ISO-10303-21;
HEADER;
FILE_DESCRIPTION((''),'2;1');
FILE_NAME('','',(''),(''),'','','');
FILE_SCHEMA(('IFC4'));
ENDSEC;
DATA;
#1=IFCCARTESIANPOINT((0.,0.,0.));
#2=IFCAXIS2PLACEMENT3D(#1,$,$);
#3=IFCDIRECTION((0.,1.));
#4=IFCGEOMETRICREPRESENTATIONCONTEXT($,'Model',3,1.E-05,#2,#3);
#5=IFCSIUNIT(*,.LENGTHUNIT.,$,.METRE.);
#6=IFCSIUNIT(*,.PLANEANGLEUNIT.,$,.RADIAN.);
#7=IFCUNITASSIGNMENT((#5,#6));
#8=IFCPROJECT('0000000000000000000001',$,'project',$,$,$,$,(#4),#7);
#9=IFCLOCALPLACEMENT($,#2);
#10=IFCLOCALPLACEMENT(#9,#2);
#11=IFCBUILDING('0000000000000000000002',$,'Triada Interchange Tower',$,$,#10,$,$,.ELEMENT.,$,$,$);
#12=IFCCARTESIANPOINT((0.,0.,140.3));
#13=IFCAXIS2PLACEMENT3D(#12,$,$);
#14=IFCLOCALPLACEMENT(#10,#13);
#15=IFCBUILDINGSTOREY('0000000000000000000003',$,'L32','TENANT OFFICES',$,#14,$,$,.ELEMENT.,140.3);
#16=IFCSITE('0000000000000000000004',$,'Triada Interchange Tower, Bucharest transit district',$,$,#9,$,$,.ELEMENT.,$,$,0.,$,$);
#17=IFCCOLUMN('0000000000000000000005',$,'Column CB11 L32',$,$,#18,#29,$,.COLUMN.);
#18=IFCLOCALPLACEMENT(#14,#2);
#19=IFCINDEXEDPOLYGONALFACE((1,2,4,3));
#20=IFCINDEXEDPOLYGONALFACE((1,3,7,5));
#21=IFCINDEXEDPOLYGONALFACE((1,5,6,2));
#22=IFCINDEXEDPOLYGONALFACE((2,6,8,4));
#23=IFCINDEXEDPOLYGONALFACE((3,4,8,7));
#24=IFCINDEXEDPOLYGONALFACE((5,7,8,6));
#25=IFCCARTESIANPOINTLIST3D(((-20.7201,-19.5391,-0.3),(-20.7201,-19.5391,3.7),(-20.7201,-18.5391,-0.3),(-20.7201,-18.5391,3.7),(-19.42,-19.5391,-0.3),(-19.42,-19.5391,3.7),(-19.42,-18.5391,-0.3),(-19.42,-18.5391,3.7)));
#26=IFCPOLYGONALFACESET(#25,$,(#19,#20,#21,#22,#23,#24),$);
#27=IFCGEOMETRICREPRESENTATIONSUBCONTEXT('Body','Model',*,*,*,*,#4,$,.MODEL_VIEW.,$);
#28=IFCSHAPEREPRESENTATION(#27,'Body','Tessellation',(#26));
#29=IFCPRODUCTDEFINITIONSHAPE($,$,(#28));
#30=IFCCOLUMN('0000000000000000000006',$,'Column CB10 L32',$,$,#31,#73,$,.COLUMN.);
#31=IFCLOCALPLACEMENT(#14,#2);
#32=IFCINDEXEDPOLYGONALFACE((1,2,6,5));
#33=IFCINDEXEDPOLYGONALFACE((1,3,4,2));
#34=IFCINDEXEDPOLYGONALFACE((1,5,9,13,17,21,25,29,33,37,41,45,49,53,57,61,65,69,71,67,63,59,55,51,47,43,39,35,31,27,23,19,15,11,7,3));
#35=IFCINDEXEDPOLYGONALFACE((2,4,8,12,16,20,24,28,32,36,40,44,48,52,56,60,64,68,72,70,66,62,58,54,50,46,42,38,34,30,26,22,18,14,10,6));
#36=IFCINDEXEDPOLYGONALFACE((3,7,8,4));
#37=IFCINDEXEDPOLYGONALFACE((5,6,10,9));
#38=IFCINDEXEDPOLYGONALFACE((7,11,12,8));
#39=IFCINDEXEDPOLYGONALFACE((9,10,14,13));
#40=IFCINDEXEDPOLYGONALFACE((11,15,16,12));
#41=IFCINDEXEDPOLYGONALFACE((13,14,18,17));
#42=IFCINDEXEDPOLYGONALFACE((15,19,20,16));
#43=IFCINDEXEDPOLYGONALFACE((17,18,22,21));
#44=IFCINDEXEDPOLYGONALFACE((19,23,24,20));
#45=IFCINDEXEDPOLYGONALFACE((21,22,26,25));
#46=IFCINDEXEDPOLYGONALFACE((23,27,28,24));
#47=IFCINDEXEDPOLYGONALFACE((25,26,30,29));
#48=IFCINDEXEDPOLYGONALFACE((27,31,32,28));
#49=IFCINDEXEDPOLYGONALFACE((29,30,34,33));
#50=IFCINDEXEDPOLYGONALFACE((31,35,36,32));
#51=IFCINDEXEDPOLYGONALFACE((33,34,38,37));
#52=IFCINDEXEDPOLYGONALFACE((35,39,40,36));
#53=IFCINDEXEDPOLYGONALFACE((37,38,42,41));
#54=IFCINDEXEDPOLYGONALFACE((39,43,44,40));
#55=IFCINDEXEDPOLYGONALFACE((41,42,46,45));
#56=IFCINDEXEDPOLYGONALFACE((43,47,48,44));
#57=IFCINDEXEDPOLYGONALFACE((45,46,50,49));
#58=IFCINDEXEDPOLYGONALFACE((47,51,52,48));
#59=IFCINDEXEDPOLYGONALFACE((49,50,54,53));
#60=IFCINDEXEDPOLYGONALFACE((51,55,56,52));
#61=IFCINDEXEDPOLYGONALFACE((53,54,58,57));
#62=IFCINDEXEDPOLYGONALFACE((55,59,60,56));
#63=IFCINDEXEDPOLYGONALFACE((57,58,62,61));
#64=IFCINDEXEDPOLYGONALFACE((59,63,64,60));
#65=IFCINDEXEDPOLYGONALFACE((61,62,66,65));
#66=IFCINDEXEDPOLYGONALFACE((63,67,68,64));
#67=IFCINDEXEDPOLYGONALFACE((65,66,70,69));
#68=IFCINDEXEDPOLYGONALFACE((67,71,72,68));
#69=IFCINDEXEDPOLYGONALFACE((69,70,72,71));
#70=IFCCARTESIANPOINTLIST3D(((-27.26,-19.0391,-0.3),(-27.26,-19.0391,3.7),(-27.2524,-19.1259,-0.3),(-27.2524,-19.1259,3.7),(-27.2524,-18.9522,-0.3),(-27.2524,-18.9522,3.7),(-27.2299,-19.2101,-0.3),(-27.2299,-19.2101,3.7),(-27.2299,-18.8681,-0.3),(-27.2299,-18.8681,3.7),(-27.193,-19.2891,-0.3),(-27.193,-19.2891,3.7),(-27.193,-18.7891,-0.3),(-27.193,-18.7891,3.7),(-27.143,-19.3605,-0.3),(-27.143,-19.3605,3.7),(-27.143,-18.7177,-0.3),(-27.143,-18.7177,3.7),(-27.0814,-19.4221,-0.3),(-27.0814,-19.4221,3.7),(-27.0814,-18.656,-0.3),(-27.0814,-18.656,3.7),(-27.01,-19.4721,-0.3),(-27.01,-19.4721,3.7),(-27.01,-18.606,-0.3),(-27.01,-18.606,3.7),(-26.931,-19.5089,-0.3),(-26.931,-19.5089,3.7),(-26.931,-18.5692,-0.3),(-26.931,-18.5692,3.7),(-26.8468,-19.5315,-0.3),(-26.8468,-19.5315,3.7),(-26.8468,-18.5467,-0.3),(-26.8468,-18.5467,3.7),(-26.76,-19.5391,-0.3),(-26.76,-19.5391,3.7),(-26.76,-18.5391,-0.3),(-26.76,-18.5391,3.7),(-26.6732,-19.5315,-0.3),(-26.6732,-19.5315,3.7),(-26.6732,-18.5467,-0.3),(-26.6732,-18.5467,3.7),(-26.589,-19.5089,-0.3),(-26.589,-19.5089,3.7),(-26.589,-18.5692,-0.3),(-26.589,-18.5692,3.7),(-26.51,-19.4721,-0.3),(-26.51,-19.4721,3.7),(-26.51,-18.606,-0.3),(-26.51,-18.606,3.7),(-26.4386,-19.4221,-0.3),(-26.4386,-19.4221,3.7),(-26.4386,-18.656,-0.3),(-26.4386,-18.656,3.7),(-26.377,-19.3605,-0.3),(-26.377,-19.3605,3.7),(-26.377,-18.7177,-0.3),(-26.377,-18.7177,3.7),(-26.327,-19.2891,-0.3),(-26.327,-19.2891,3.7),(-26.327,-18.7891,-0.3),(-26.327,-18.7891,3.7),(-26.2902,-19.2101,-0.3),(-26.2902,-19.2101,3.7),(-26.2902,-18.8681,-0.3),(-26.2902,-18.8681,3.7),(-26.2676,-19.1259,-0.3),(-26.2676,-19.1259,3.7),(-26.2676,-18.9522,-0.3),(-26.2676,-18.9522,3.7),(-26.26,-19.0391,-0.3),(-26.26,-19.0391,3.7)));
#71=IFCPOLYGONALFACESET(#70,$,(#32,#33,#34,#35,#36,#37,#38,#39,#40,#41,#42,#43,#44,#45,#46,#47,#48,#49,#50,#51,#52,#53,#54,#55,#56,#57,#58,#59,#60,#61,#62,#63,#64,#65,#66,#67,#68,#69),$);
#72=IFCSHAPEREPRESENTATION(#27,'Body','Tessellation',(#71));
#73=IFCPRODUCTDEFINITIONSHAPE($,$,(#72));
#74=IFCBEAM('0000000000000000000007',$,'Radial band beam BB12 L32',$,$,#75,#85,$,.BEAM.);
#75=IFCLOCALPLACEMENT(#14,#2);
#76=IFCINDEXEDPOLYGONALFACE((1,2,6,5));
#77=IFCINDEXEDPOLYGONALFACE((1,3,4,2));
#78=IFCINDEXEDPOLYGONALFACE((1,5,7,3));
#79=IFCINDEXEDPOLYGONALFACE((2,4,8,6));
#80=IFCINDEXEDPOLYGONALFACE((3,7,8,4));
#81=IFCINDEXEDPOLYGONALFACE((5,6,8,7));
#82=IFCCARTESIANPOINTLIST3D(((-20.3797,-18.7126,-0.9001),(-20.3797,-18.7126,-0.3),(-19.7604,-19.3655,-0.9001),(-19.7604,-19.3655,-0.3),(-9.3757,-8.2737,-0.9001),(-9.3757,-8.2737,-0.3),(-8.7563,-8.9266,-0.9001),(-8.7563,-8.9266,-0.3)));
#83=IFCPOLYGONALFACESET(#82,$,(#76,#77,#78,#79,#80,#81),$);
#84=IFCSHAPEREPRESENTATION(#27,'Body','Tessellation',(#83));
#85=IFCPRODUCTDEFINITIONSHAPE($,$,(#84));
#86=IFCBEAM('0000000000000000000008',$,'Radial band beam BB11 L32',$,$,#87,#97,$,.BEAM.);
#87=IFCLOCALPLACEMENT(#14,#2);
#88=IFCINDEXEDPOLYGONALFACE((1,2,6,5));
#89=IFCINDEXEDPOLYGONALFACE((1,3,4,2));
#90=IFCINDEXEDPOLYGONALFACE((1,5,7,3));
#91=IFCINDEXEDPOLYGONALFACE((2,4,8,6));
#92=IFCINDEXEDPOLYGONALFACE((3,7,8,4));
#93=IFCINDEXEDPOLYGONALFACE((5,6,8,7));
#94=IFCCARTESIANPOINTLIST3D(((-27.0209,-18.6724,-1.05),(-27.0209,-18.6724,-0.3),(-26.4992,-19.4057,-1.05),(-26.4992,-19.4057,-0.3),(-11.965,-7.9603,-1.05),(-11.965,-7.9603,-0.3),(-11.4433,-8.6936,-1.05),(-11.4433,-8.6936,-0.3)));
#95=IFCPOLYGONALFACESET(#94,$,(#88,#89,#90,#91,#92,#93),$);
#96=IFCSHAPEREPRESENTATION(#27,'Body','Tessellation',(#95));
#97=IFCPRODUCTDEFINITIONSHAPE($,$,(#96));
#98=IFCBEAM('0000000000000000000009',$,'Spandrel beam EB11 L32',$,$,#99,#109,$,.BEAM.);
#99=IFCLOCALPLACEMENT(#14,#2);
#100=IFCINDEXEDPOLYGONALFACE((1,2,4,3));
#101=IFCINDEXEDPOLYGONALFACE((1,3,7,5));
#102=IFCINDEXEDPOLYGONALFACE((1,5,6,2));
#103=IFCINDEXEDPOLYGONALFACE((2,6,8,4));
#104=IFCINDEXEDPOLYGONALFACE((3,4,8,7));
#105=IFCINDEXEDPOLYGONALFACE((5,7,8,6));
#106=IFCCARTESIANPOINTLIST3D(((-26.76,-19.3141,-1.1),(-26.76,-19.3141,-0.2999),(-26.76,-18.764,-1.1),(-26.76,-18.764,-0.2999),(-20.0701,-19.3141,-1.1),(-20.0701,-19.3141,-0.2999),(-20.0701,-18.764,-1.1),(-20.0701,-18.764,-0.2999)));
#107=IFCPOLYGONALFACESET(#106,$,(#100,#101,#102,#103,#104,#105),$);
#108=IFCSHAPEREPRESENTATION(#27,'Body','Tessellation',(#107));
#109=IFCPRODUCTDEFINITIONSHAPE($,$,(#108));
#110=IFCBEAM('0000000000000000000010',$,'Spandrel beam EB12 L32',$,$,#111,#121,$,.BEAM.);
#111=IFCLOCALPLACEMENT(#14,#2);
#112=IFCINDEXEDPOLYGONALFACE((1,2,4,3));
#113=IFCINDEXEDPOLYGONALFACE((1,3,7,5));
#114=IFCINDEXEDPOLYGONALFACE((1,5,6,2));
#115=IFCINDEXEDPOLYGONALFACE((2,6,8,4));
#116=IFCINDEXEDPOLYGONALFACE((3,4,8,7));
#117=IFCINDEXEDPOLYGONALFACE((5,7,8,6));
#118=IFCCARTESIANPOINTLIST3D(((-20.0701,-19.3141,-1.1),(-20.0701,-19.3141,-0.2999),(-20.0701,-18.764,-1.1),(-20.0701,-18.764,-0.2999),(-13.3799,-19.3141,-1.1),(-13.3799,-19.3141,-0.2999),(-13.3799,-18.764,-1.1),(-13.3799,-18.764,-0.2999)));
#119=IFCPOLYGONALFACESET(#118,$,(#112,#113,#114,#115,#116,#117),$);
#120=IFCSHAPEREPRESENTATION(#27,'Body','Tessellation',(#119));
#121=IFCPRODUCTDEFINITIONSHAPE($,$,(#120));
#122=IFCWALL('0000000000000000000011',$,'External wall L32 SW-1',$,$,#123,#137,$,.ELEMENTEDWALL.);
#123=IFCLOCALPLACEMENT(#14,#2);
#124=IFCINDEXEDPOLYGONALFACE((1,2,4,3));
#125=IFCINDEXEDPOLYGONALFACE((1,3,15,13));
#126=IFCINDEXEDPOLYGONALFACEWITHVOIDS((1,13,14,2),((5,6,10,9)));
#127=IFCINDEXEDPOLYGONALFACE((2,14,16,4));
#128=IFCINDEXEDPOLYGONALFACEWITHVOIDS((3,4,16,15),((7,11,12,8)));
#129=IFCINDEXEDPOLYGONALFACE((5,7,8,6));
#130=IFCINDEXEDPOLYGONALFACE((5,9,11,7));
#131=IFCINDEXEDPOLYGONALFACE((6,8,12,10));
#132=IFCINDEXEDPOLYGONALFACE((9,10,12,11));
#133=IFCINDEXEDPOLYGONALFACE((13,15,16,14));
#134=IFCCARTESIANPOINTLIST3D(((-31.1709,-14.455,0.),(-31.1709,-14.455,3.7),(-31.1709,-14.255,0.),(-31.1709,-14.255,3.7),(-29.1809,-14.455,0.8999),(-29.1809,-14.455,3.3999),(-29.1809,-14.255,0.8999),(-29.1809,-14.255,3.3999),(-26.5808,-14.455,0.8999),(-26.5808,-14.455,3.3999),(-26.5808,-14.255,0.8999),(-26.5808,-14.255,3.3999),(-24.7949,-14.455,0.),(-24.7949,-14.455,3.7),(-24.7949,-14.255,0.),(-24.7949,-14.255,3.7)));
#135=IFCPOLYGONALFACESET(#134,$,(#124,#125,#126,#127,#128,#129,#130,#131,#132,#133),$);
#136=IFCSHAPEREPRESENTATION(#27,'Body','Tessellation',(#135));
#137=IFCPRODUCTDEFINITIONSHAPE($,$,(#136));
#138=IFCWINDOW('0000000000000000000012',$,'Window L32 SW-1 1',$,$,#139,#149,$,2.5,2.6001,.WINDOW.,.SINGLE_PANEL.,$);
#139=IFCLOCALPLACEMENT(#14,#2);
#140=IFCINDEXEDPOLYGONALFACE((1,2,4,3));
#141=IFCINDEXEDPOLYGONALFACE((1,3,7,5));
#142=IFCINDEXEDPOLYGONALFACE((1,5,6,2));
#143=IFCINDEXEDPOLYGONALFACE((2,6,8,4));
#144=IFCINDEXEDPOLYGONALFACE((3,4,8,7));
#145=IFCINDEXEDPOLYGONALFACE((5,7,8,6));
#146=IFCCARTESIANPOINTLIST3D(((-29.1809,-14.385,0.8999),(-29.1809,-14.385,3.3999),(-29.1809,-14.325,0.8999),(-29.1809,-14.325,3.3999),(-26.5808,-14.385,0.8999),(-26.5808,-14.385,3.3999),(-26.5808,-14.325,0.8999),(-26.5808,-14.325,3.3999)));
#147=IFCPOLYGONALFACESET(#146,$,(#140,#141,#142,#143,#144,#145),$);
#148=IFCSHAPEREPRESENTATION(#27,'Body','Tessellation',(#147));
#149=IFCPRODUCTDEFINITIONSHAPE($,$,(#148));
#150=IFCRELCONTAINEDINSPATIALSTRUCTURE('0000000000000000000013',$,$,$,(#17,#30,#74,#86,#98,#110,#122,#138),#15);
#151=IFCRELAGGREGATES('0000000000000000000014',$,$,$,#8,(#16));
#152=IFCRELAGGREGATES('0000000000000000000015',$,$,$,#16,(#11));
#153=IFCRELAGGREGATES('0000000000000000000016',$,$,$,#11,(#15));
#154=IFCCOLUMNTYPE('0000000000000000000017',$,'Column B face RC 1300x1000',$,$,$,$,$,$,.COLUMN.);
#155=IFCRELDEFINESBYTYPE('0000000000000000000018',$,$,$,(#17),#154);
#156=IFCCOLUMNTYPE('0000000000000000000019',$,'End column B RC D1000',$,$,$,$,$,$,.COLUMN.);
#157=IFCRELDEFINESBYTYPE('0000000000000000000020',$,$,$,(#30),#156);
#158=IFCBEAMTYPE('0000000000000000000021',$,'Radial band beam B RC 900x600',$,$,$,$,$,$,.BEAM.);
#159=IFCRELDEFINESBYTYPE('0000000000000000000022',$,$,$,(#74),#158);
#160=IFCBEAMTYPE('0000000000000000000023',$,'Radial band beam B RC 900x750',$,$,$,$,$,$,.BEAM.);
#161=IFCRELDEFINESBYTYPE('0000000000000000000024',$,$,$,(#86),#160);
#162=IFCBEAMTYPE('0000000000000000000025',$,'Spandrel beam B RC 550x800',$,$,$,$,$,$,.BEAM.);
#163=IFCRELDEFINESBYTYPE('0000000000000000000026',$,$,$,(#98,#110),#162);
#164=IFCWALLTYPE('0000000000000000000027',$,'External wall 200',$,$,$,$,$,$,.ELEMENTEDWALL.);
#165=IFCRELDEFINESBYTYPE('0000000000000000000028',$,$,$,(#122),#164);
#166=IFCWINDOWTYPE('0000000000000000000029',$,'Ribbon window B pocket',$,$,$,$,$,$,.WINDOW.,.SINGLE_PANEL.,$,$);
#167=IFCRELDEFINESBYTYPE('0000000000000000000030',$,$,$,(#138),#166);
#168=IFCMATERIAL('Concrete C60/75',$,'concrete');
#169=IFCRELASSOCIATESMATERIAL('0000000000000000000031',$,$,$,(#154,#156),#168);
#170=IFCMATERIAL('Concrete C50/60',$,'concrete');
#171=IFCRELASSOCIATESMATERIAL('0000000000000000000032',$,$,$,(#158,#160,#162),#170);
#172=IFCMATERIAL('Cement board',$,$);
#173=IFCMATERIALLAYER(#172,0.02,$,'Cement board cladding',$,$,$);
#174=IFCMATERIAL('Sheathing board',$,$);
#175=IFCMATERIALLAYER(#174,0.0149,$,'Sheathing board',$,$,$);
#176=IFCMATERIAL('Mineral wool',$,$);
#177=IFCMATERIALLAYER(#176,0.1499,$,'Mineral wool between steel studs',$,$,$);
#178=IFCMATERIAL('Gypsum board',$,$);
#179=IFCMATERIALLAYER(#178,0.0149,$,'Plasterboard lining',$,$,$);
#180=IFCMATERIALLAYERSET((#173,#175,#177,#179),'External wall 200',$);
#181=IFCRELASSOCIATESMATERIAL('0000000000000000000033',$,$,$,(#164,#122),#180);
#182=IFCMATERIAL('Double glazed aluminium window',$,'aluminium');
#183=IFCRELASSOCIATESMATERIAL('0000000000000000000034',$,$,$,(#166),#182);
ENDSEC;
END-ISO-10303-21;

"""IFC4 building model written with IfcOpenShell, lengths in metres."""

from ifc_helpers import new_model, si_unit, direction, frame, frame_2d, origin, origin_2d, place, context, subcontext, project, spatial, rectangle, circle, extrude, material, layer, layer_set, layer_usage, material_profile, profile_set, type_object, element, fill, save


model = new_model("IFC4")

# Units and contexts
model_context = context("Model", 3, precision=1e-05, world=origin(), true_north=direction((0.0, 1.0)))
body_context = subcontext(model_context, "Body", "Model", "MODEL_VIEW")
ifc_project = project(units=[si_unit("LENGTHUNIT", "METRE"), si_unit("PLANEANGLEUNIT", "RADIAN")], contexts=[model_context])

# Site, building, storey
site_placement = place(None, origin())
site = spatial("IfcSite", under=ifc_project, at=site_placement, Name="Triada Interchange Tower, Bucharest transit district", CompositionType="ELEMENT", RefElevation=0.0)
building_placement = place(site_placement, origin())
building = spatial("IfcBuilding", under=site, at=building_placement, Name="Triada Interchange Tower", CompositionType="ELEMENT")
storey_placement = place(building_placement, frame((0.0, 0.0, 140.3)))
storey = spatial("IfcBuildingStorey", under=building, at=storey_placement, Name="L32", Description="TENANT OFFICES", CompositionType="ELEMENT", Elevation=140.3)

# Columns
ifc_material_1 = material(Name="Concrete C60/75", Category="concrete")
ifc_material_profile_1 = material_profile(ifc_material_1, rectangle(XDim=1.3, YDim=1.0, at=origin_2d()), Name="RC 1300x1000")
ifc_profile_set_1 = profile_set([ifc_material_profile_1], Name="Concrete C60/75")
column_type_1 = type_object("IfcColumnType", Name="Column B face RC 1300x1000", PredefinedType="COLUMN", material=ifc_profile_set_1)
column_1_placement = place(storey_placement, frame((-20.0701, -19.0391, -0.3), z_axis=(0.0, 0.0, 1.0), x_axis=(1.0, 0.0, 0.0)))
element("IfcColumn", 1, at=column_1_placement, inside=storey, type_object=column_type_1, Name="Column CB11 L32", PredefinedType="COLUMN", context=body_context, shape_type="SweptSolid", body=[
    extrude(rectangle(XDim=1.3, YDim=1.0, at=origin_2d()), origin(), (0.0, 0.0, 1.0), 4.0),
])
ifc_material_profile_2 = material_profile(ifc_material_1, circle(Radius=0.5, at=origin_2d()), Name="RC D1000")
ifc_profile_set_2 = profile_set([ifc_material_profile_2], Name="Concrete C60/75")
column_type_2 = type_object("IfcColumnType", Name="End column B RC D1000", PredefinedType="COLUMN", material=ifc_profile_set_2)
column_2_placement = place(storey_placement, frame((-26.76, -19.0391, -0.3), z_axis=(0.0, 0.0, 1.0), x_axis=(1.0, 0.0, 0.0)))
element("IfcColumn", 2, at=column_2_placement, inside=storey, type_object=column_type_2, Name="Column CB10 L32", PredefinedType="COLUMN", context=body_context, shape_type="SweptSolid", body=[
    extrude(circle(Radius=0.5, at=origin_2d()), origin(), (0.0, 0.0, 1.0), 4.0),
])

# Beams
ifc_material_2 = material(Name="Concrete C50/60", Category="concrete")
ifc_material_profile_3 = material_profile(ifc_material_2, rectangle(XDim=0.8999, YDim=0.6001, at=origin_2d()), Name="RC 900x600")
ifc_profile_set_3 = profile_set([ifc_material_profile_3], Name="Concrete C50/60")
beam_type_1 = type_object("IfcBeamType", Name="Radial band beam B RC 900x600", PredefinedType="BEAM", material=ifc_profile_set_3)
beam_1_placement = place(storey_placement, frame((-20.0701, -19.0391, -0.6001), z_axis=(0.725492, 0.68823, 0.0), x_axis=(-0.68823, 0.725492, 0.0)))
element("IfcBeam", 3, at=beam_1_placement, inside=storey, type_object=beam_type_1, Name="Radial band beam BB12 L32", PredefinedType="BEAM", context=body_context, shape_type="SweptSolid", body=[
    extrude(rectangle(XDim=0.8999, YDim=0.6001, at=origin_2d()), origin(), (0.0, 0.0, 1.0), 15.1677),
])
ifc_material_profile_4 = material_profile(ifc_material_2, rectangle(XDim=0.8999, YDim=0.75, at=origin_2d()), Name="RC 900x750")
ifc_profile_set_4 = profile_set([ifc_material_profile_4], Name="Concrete C50/60")
beam_type_2 = type_object("IfcBeamType", Name="Radial band beam B RC 900x750", PredefinedType="BEAM", material=ifc_profile_set_4)
beam_2_placement = place(storey_placement, frame((-26.76, -19.0391, -0.675), z_axis=(0.814809, 0.57973, 0.0), x_axis=(-0.57973, 0.814809, 0.0)))
element("IfcBeam", 4, at=beam_2_placement, inside=storey, type_object=beam_type_2, Name="Radial band beam BB11 L32", PredefinedType="BEAM", context=body_context, shape_type="SweptSolid", body=[
    extrude(rectangle(XDim=0.8999, YDim=0.75, at=origin_2d()), origin(), (0.0, 0.0, 1.0), 18.4778),
])
ifc_material_profile_5 = material_profile(ifc_material_2, rectangle(XDim=0.55, YDim=0.8, at=origin_2d()), Name="RC 550x800")
ifc_profile_set_5 = profile_set([ifc_material_profile_5], Name="Concrete C50/60")
beam_type_3 = type_object("IfcBeamType", Name="Spandrel beam B RC 550x800", PredefinedType="BEAM", material=ifc_profile_set_5)
beam_3_placement = place(storey_placement, frame((-26.76, -19.0391, -0.7), z_axis=(1.0, 0.0, 0.0), x_axis=(0.0, 1.0, 0.0)))
element("IfcBeam", 5, at=beam_3_placement, inside=storey, type_object=beam_type_3, Name="Spandrel beam EB11 L32", PredefinedType="BEAM", context=body_context, shape_type="SweptSolid", body=[
    extrude(rectangle(XDim=0.55, YDim=0.8, at=origin_2d()), origin(), (0.0, 0.0, 1.0), 6.6899),
])
beam_4_placement = place(storey_placement, frame((-20.0701, -19.0391, -0.7), z_axis=(1.0, 0.0, 0.0), x_axis=(0.0, 1.0, 0.0)))
element("IfcBeam", 6, at=beam_4_placement, inside=storey, type_object=beam_type_3, Name="Spandrel beam EB12 L32", PredefinedType="BEAM", context=body_context, shape_type="SweptSolid", body=[
    extrude(rectangle(XDim=0.55, YDim=0.8, at=origin_2d()), origin(), (0.0, 0.0, 1.0), 6.6902),
])

# Wall, opening, window
ifc_material_3 = material(Name="Cement board")
ifc_layer_1 = layer(ifc_material_3, 0.02, Name="Cement board cladding")
ifc_material_4 = material(Name="Sheathing board")
ifc_layer_2 = layer(ifc_material_4, 0.0149, Name="Sheathing board")
ifc_material_5 = material(Name="Mineral wool")
ifc_layer_3 = layer(ifc_material_5, 0.1499, Name="Mineral wool between steel studs")
ifc_material_6 = material(Name="Gypsum board")
ifc_layer_4 = layer(ifc_material_6, 0.0149, Name="Plasterboard lining")
ifc_layer_set_1 = layer_set([ifc_layer_1, ifc_layer_2, ifc_layer_3, ifc_layer_4], Name="External wall 200")
ifc_layer_usage = layer_usage(ifc_layer_set_1, "AXIS2", "POSITIVE", -0.1001)
wall_type_1 = type_object("IfcWallType", Name="External wall 200", PredefinedType="ELEMENTEDWALL", material=ifc_layer_set_1)
wall_1_placement = place(storey_placement, frame((-31.1709, -14.355, 0.0), z_axis=(0.0, 0.0, 1.0), x_axis=(1.0, 0.0, 0.0)))
wall_1 = element("IfcWall", 7, at=wall_1_placement, inside=storey, type_object=wall_type_1, material=ifc_layer_usage, Name="External wall L32 SW-1", PredefinedType="ELEMENTEDWALL", context=body_context, shape_type="SweptSolid", body=[
    extrude(rectangle(XDim=6.376, YDim=0.2, at=frame_2d((3.188, 0.0))), origin(), (0.0, 0.0, 1.0), 3.7),
])
opening_1_placement = place(wall_1_placement, frame((1.99, 0.0, 0.8999)))
opening_1 = element("IfcOpeningElement", 8, at=opening_1_placement, cuts=wall_1, PredefinedType="OPENING", context=body_context, shape_type="SweptSolid", body=[
    extrude(rectangle(XDim=2.6001, YDim=2.5, at=frame_2d((1.3, 1.25))), frame((0.0, 0.1099, 0.0), z_axis=(0.0, -1.0, 0.0), x_axis=(1.0, 0.0, 0.0)), (0.0, 0.0, 1.0), 0.22),
])
ifc_material_7 = material(Name="Double glazed aluminium window", Category="aluminium")
window_type_1 = type_object("IfcWindowType", Name="Ribbon window B pocket", PartitioningType="SINGLE_PANEL", PredefinedType="WINDOW", material=ifc_material_7)
window_1_placement = place(opening_1_placement, origin())
window_1 = element("IfcWindow", 9, at=window_1_placement, inside=storey, type_object=window_type_1, Name="Window L32 SW-1 1", OverallHeight=2.5, OverallWidth=2.6001, PartitioningType="SINGLE_PANEL", PredefinedType="WINDOW", context=body_context, shape_type="SweptSolid", body=[
    extrude(rectangle(XDim=2.6001, YDim=2.5, at=frame_2d((1.3, 1.25))), frame((0.0, 0.03, 0.0), z_axis=(0.0, -1.0, 0.0), x_axis=(1.0, 0.0, 0.0)), (0.0, 0.0, 1.0), 0.0601),
])
fill(opening_1, window_1)

save(model, "model.ifc")
